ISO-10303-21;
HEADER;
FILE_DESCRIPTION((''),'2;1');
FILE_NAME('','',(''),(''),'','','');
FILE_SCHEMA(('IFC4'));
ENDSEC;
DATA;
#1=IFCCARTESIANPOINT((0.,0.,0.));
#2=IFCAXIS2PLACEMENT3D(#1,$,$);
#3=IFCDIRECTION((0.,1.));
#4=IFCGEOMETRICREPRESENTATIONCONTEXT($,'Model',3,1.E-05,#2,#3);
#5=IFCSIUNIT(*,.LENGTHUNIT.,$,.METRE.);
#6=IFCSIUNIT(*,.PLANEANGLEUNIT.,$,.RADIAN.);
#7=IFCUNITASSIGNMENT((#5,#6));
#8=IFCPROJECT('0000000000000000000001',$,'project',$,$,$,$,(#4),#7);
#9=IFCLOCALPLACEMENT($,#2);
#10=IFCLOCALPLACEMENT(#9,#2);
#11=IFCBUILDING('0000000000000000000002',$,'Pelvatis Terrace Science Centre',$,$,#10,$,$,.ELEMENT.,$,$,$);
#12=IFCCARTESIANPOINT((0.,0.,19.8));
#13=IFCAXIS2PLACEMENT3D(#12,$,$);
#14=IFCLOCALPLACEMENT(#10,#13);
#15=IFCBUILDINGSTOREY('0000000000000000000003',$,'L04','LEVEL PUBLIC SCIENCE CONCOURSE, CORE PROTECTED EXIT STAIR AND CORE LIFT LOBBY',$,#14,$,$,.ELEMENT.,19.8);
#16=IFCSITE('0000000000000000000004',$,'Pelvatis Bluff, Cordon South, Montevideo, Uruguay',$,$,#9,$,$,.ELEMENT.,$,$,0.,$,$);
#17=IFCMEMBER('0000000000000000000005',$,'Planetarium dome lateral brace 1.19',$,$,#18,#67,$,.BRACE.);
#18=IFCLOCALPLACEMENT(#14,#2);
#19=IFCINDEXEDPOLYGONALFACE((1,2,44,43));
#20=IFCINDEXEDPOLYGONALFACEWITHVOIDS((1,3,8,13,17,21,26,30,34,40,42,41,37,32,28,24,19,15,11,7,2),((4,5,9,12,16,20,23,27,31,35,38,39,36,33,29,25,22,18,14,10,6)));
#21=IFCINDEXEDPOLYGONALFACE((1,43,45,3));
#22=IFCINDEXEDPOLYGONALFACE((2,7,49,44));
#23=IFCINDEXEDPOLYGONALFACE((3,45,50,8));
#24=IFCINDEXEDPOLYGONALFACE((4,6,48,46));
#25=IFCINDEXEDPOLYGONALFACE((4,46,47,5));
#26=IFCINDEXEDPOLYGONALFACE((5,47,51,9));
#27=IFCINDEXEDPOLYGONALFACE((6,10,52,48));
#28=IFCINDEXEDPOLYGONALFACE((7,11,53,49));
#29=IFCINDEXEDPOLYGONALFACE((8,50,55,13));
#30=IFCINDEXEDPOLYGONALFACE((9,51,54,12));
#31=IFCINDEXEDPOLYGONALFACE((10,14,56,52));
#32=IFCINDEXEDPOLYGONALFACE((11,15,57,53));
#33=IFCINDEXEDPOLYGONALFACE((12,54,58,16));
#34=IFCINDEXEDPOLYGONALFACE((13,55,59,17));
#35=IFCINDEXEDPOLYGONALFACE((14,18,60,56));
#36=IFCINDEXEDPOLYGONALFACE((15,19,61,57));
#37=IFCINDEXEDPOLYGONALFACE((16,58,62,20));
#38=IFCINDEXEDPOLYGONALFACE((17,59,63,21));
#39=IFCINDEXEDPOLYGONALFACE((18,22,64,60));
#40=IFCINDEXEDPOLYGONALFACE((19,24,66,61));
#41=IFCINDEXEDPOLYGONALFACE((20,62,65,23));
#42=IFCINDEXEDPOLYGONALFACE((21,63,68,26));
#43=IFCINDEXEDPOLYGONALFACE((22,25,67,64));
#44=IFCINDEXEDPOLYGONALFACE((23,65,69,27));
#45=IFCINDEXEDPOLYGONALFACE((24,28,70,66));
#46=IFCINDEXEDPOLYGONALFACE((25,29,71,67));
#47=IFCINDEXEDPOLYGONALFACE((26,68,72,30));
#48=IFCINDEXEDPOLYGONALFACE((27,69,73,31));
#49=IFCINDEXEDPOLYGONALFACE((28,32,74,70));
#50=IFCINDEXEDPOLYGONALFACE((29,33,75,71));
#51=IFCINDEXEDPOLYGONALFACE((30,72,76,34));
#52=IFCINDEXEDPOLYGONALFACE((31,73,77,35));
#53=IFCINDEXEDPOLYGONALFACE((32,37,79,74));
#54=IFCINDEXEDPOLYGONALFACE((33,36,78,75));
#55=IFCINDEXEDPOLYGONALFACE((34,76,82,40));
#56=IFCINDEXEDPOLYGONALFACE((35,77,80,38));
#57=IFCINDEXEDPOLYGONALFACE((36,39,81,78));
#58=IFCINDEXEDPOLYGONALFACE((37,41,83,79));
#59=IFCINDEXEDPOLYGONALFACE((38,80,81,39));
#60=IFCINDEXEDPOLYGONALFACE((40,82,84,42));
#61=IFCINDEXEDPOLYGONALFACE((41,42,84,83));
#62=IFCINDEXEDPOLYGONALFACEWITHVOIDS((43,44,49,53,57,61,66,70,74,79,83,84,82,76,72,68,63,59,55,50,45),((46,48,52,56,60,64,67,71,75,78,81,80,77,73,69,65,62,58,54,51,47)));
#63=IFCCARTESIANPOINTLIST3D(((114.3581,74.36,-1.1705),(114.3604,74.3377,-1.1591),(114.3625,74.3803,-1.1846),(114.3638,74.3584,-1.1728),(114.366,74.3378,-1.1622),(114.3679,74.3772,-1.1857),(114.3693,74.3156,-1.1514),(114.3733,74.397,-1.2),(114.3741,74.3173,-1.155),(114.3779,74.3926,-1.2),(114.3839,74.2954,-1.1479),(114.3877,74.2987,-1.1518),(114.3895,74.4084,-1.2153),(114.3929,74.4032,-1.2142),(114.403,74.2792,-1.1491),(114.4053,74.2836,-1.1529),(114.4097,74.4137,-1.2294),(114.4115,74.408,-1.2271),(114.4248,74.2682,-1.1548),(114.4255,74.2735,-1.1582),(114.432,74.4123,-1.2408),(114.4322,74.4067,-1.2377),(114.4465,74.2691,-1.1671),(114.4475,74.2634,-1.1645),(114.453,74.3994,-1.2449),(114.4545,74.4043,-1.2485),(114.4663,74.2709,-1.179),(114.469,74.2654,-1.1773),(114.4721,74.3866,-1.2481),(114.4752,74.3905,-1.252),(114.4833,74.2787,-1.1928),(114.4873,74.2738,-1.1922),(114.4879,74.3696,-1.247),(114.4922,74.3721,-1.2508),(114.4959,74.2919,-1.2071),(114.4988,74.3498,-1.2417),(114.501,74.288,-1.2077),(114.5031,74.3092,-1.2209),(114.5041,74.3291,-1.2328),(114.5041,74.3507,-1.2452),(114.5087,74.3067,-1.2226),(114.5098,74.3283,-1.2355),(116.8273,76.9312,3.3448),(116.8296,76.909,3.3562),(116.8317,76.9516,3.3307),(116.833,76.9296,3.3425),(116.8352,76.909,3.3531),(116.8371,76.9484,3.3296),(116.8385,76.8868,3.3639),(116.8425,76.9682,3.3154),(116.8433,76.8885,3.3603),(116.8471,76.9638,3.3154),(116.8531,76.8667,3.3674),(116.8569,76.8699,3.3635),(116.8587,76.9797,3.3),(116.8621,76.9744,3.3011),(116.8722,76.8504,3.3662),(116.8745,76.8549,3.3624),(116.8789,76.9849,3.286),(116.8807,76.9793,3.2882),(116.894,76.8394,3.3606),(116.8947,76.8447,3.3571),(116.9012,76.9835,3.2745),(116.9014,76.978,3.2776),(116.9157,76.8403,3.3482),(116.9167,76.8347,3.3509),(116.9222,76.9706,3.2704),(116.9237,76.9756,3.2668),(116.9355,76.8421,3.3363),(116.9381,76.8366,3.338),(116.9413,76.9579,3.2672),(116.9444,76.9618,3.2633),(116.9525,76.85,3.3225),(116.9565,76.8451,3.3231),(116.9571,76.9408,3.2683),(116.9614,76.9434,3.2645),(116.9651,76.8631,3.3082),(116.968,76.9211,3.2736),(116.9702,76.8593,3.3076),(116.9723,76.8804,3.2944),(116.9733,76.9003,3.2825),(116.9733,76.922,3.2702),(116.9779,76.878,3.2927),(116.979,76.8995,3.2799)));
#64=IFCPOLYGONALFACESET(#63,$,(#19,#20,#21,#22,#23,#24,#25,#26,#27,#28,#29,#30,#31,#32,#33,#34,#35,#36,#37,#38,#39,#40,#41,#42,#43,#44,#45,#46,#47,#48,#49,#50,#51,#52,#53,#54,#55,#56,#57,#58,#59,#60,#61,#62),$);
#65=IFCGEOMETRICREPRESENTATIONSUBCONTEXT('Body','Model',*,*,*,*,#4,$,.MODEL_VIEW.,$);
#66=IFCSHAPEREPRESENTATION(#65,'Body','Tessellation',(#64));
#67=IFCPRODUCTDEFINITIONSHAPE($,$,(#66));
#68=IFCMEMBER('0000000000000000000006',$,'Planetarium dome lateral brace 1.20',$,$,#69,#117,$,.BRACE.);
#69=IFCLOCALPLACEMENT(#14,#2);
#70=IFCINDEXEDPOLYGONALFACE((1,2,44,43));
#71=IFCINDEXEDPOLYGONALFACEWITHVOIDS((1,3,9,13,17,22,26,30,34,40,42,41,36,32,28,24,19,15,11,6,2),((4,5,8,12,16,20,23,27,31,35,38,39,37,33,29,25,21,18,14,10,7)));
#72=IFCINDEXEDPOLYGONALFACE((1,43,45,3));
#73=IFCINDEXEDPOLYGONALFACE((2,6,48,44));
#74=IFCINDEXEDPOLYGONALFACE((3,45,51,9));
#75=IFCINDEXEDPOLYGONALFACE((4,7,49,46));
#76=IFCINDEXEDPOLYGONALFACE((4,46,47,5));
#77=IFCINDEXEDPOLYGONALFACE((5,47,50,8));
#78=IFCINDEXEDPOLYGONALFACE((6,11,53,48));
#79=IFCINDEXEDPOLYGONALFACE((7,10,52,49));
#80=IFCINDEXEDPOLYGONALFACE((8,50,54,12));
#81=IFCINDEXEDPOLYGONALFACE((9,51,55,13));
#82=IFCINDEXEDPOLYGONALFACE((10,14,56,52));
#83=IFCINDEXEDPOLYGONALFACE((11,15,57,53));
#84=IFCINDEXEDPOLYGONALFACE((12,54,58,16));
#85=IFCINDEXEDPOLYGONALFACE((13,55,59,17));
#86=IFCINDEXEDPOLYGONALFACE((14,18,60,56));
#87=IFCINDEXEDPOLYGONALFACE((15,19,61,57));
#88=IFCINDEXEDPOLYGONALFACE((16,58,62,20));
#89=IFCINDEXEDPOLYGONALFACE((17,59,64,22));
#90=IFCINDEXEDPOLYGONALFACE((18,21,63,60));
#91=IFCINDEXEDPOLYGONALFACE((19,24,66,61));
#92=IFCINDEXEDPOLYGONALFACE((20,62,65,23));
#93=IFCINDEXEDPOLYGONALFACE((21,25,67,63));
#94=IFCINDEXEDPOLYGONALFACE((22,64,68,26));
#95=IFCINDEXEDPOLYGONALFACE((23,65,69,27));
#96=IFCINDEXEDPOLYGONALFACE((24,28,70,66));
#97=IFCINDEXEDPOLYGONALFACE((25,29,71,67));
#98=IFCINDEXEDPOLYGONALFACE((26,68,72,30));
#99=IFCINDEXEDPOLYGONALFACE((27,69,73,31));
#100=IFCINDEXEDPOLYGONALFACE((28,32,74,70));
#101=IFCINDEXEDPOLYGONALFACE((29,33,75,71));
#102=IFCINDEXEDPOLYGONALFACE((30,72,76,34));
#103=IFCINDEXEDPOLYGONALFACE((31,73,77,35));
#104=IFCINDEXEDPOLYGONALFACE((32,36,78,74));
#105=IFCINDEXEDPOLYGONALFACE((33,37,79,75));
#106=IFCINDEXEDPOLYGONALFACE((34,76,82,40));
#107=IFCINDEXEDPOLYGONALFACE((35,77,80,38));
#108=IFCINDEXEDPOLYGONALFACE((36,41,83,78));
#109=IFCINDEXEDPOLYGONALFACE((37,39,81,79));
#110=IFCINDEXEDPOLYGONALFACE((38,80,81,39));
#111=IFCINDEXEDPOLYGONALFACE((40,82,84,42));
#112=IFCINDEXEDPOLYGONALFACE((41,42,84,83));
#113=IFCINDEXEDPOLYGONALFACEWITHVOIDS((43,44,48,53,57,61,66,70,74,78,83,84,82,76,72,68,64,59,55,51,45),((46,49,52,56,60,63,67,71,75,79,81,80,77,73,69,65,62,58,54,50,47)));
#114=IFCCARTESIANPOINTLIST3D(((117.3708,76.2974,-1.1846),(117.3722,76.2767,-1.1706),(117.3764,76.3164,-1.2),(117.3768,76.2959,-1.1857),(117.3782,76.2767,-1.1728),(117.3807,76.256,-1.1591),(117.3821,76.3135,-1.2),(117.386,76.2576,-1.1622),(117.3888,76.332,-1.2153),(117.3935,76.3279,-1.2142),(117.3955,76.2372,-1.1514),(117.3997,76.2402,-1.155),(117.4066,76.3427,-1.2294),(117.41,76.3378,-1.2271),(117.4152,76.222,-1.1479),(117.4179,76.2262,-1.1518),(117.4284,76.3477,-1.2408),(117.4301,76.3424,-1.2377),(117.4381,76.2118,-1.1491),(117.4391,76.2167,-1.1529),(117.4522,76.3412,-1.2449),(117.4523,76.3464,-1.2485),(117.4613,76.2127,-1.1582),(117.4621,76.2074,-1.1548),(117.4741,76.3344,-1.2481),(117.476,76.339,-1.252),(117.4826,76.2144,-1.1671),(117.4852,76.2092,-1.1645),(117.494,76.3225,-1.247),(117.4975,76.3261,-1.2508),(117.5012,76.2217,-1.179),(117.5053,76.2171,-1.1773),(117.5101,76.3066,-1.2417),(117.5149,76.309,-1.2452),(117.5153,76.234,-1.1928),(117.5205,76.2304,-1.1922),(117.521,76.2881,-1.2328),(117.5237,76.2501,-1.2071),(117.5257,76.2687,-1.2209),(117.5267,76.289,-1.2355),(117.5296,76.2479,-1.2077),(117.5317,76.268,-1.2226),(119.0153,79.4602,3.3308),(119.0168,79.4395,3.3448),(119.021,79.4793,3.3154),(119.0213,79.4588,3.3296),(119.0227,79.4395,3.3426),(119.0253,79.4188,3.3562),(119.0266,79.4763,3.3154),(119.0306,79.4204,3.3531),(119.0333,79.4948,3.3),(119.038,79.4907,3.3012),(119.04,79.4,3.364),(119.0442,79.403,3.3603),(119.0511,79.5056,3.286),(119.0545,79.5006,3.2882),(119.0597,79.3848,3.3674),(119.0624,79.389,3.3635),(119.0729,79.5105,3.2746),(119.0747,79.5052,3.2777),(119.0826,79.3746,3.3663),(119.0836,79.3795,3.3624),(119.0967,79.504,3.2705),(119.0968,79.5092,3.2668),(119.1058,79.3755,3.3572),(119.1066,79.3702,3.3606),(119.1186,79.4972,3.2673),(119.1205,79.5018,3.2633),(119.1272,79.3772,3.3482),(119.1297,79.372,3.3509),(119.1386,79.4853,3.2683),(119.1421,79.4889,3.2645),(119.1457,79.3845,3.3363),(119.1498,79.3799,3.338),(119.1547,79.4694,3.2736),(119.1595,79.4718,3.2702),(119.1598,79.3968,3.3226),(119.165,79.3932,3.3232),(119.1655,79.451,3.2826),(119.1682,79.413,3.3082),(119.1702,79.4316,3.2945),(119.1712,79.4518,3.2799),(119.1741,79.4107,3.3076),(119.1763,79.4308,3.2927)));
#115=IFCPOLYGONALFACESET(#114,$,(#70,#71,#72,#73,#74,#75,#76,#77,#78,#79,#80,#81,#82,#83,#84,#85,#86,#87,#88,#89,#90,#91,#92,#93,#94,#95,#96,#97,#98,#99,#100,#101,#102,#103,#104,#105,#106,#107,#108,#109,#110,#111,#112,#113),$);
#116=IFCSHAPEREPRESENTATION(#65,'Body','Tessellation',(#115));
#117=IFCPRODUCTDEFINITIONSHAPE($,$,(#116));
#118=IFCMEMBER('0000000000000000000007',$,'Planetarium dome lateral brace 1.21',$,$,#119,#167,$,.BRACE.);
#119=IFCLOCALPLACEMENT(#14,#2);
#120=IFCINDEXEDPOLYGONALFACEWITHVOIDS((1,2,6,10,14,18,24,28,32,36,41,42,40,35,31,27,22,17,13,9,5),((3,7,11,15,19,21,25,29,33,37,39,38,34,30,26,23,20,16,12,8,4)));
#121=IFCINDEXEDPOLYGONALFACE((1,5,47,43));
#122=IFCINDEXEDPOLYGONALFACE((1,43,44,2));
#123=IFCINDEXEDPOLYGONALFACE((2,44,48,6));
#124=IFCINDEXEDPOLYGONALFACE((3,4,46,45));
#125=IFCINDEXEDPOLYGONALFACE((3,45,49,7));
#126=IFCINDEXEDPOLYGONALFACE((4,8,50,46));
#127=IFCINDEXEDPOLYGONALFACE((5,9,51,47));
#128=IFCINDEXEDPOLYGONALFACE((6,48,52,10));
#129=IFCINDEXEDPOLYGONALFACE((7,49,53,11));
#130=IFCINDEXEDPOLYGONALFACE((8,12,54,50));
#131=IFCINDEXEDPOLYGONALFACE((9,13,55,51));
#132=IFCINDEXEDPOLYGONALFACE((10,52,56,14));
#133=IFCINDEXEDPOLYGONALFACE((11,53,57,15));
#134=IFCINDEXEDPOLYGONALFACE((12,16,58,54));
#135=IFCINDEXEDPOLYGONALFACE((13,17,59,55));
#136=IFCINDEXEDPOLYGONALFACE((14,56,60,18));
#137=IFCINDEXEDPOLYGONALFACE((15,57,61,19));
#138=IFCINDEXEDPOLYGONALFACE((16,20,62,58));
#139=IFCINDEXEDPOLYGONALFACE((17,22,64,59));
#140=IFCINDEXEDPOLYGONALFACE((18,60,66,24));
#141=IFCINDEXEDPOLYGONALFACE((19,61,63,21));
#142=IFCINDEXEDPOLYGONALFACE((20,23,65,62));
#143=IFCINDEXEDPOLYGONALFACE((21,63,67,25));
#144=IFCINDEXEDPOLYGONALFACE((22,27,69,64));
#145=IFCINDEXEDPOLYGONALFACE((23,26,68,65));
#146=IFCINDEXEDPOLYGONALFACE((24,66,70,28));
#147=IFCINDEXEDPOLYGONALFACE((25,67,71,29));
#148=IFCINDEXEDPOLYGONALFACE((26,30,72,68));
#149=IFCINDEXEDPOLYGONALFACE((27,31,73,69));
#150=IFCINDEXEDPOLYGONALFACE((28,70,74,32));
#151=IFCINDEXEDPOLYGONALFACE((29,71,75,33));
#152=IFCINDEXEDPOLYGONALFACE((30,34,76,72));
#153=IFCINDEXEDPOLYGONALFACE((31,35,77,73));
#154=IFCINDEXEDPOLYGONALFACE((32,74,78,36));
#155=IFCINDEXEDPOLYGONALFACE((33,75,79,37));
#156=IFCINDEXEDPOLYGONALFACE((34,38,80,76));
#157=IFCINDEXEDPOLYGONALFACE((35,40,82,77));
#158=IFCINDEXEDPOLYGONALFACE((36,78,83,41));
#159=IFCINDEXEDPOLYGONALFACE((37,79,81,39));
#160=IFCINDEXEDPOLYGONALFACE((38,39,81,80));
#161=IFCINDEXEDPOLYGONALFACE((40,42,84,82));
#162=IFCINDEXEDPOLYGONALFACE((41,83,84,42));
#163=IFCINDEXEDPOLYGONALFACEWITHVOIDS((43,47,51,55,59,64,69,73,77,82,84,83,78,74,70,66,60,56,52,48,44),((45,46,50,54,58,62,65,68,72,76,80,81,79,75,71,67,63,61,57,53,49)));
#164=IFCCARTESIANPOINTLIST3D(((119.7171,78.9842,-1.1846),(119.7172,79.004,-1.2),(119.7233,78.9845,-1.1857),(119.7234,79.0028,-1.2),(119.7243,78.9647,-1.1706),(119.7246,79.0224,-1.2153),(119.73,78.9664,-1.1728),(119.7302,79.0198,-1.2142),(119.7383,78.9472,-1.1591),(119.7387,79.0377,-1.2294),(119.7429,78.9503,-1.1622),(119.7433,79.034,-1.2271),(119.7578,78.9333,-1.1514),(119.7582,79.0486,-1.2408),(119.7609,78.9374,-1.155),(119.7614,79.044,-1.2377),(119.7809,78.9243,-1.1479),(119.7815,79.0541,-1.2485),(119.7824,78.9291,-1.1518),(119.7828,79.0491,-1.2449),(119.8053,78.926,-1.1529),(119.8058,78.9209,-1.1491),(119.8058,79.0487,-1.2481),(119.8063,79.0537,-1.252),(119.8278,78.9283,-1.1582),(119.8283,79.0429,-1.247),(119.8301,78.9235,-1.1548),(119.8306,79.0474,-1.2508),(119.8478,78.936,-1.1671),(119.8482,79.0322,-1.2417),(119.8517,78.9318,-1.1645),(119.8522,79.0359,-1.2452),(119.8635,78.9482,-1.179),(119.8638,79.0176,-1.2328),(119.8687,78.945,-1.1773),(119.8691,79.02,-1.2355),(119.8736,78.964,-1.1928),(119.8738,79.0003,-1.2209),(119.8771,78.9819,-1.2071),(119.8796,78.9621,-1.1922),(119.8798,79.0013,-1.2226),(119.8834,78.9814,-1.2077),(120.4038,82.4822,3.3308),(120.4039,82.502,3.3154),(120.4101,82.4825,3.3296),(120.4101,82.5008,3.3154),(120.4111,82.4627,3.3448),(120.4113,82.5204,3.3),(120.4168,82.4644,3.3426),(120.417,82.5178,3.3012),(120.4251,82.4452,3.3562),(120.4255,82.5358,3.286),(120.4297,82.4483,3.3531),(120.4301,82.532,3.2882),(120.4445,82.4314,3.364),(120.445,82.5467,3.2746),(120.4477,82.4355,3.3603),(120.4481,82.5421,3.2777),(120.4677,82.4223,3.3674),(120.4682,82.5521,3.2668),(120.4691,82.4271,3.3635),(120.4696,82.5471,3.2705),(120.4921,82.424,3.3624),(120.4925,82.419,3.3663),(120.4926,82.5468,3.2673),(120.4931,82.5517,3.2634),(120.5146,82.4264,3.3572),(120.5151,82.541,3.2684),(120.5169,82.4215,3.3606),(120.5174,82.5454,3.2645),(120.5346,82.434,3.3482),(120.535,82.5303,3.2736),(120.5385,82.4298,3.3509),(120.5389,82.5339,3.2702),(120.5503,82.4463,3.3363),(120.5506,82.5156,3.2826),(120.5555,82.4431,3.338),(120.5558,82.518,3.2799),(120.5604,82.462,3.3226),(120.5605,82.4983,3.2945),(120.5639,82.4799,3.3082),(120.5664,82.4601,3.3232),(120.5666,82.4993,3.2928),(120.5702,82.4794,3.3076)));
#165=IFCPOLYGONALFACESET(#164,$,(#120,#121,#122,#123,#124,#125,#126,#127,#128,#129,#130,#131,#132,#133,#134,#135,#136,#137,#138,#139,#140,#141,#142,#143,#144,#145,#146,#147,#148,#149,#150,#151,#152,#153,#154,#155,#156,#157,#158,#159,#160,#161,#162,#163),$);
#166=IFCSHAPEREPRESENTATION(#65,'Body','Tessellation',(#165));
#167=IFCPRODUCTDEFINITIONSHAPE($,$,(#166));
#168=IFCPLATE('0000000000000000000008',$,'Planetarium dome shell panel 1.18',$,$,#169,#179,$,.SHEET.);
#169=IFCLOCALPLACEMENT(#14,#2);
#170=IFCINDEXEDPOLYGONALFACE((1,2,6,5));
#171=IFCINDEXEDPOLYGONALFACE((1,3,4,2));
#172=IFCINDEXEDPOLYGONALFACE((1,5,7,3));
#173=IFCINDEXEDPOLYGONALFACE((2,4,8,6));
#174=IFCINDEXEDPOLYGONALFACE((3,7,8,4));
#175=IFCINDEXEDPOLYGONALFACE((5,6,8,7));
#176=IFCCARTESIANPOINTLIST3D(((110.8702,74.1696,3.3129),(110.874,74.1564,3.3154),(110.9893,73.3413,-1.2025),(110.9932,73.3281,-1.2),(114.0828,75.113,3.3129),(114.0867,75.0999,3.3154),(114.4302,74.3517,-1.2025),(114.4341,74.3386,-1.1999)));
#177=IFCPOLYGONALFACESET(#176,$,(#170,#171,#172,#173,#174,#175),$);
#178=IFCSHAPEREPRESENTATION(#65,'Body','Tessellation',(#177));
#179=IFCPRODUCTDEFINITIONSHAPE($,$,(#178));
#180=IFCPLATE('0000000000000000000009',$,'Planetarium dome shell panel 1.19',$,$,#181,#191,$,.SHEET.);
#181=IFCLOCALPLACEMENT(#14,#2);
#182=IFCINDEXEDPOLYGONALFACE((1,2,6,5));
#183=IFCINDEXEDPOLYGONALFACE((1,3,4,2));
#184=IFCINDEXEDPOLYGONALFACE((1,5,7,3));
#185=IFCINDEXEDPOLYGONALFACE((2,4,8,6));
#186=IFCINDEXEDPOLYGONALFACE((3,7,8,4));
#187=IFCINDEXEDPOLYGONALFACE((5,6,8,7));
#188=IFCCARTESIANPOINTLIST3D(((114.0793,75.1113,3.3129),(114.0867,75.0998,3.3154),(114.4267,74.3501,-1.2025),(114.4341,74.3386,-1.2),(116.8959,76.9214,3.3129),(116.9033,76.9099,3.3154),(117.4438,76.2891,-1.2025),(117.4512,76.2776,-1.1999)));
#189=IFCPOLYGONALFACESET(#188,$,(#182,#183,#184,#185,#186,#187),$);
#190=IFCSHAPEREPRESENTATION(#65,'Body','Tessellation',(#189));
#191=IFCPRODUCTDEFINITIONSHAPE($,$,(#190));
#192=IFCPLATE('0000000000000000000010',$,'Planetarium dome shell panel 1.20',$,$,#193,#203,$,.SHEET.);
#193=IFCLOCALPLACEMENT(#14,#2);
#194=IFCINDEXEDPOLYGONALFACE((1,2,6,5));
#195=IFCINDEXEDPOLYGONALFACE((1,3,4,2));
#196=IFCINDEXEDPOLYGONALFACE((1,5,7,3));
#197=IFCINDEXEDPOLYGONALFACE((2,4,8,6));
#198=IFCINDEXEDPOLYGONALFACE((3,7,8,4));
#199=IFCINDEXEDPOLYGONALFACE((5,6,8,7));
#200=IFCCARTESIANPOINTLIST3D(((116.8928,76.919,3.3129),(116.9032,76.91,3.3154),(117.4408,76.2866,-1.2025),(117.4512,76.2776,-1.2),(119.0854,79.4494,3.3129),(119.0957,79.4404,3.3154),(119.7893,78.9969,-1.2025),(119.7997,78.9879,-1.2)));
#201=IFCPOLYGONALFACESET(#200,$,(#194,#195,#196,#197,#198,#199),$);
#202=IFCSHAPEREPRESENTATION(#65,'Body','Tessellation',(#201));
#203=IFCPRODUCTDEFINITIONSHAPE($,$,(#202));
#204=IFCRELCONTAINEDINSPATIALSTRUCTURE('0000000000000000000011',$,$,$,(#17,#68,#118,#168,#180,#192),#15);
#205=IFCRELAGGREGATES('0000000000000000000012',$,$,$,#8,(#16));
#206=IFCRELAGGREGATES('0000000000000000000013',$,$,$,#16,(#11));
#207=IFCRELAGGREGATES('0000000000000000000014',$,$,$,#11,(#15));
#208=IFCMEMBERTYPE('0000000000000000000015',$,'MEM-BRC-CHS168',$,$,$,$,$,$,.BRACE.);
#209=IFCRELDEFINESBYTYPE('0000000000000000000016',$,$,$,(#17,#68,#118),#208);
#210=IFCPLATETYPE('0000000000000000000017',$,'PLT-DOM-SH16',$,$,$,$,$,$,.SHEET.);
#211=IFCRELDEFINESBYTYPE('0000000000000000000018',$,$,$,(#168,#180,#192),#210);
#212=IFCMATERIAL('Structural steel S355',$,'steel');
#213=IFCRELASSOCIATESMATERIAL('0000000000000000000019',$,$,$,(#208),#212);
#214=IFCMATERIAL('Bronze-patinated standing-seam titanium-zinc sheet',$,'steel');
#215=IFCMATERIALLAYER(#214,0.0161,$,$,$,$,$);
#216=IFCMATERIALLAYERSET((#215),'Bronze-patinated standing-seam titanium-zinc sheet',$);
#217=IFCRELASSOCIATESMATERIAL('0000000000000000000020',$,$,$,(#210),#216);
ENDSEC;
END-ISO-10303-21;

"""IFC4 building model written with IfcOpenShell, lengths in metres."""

from ifc_helpers import new_model, si_unit, direction, frame, origin, origin_2d, place, context, subcontext, project, spatial, polyline, hollow_circle, outline, extrude, material, layer, layer_set, material_profile, profile_set, type_object, element, save


model = new_model("IFC4")

# Units and contexts
model_context = context("Model", 3, precision=1e-05, world=origin(), true_north=direction((0.0, 1.0)))
body_context = subcontext(model_context, "Body", "Model", "MODEL_VIEW")
ifc_project = project(units=[si_unit("LENGTHUNIT", "METRE"), si_unit("PLANEANGLEUNIT", "RADIAN")], contexts=[model_context])

# Site, building, storey
site_placement = place(None, origin())
site = spatial("IfcSite", under=ifc_project, at=site_placement, Name="Pelvatis Bluff, Cordon South, Montevideo, Uruguay", CompositionType="ELEMENT", RefElevation=0.0)
building_placement = place(site_placement, origin())
building = spatial("IfcBuilding", under=site, at=building_placement, Name="Pelvatis Terrace Science Centre", CompositionType="ELEMENT")
storey_placement = place(building_placement, frame((0.0, 0.0, 19.8)))
storey = spatial("IfcBuildingStorey", under=building, at=storey_placement, Name="L04", Description="LEVEL PUBLIC SCIENCE CONCOURSE, CORE PROTECTED EXIT STAIR AND CORE LIFT LOBBY", CompositionType="ELEMENT", Elevation=19.8)

# Members
ifc_material_1 = material(Name="Structural steel S355", Category="steel")
ifc_material_profile_1 = material_profile(ifc_material_1, hollow_circle(Radius=0.0842, WallThickness=0.0063, at=origin_2d()), Name="CHS 168.3x6.3")
ifc_profile_set_1 = profile_set([ifc_material_profile_1], Name="Structural steel S355")
member_type = type_object("IfcMemberType", Name="MEM-BRC-CHS168", PredefinedType="BRACE", material=ifc_profile_set_1)
for number, where, z_axis, x_axis, name in (
    (1, (114.4341, 74.3386, -1.2), (0.429207, 0.446945, 0.78487), (-0.721275, 0.692649, 0.0), "Planetarium dome lateral brace 1.19"),
    (2, (117.4512, 76.2776, -1.2), (0.285858, 0.549775, 0.784878), (-0.887234, 0.46132, 0.0), "Planetarium dome lateral brace 1.20"),
    (3, (119.7998, 78.9878, -1.2), (0.119376, 0.608042, 0.784878), (-0.981267, 0.192651, 0.0), "Planetarium dome lateral brace 1.21"),
):
    element("IfcMember", number, at=place(storey_placement, frame(where, z_axis=z_axis, x_axis=x_axis)), inside=storey, type_object=member_type, Name=name, PredefinedType="BRACE", context=body_context, shape_type="SweptSolid", body=[
        extrude(hollow_circle(Radius=0.0842, WallThickness=0.0063, at=origin_2d()), origin(), (0.0, 0.0, 1.0), 5.7529),
    ])

# Plates
ifc_material_2 = material(Name="Bronze-patinated standing-seam titanium-zinc sheet", Category="steel")
ifc_layer_1 = layer(ifc_material_2, 0.0161)
ifc_layer_set_1 = layer_set([ifc_layer_1], Name="Bronze-patinated standing-seam titanium-zinc sheet")
plate_type_1 = type_object("IfcPlateType", Name="PLT-DOM-SH16", PredefinedType="SHEET", material=ifc_layer_set_1)
plate_1_placement = place(storey_placement, frame((110.9932, 73.3281, -1.2), z_axis=(0.277134, -0.943737, 0.180435), x_axis=(0.959485, 0.281759, 0.000003)))
element("IfcPlate", 4, at=plate_1_placement, inside=storey, type_object=plate_type_1, Name="Planetarium dome shell panel 1.18", PredefinedType="SHEET", context=body_context, shape_type="SweptSolid", body=[
    extrude(outline(polyline([(0.0, 0.0), (3.5862, 0.0), (3.4674, 4.5907), (0.1191, 4.5907), (0.0, 0.0)])), origin(), (0.0, 0.0, -1.0), 0.0139),
])
plate_2_placement = place(storey_placement, frame((114.4341, 74.3386, -1.2), z_axis=(0.531761, -0.827457, 0.180403), x_axis=(0.841259, 0.540632, 0.000002)))
element("IfcPlate", 5, at=plate_2_placement, inside=storey, type_object=plate_type_1, Name="Planetarium dome shell panel 1.19", PredefinedType="SHEET", context=body_context, shape_type="SweptSolid", body=[
    extrude(outline(polyline([(0.0, 0.0), (3.5864, 0.0), (3.4674, 4.5907), (0.1193, 4.5907), (0.0, 0.0)])), origin(), (0.0, 0.0, -1.0), 0.0139),
])
plate_3_placement = place(storey_placement, frame((117.4512, 76.2776, -1.2), z_axis=(0.743352, -0.644105, 0.180436), x_axis=(0.654854, 0.755755, -0.00001)))
element("IfcPlate", 6, at=plate_3_placement, inside=storey, type_object=plate_type_1, Name="Planetarium dome shell panel 1.20", PredefinedType="SHEET", context=body_context, shape_type="SweptSolid", body=[
    extrude(outline(polyline([(0.0, 0.0), (3.5863, 0.0), (3.4672, 4.5908), (0.1191, 4.5907), (0.0, 0.0)])), origin(), (0.0, 0.0, -1.0), 0.0139),
])

save(model, "model.ifc")
